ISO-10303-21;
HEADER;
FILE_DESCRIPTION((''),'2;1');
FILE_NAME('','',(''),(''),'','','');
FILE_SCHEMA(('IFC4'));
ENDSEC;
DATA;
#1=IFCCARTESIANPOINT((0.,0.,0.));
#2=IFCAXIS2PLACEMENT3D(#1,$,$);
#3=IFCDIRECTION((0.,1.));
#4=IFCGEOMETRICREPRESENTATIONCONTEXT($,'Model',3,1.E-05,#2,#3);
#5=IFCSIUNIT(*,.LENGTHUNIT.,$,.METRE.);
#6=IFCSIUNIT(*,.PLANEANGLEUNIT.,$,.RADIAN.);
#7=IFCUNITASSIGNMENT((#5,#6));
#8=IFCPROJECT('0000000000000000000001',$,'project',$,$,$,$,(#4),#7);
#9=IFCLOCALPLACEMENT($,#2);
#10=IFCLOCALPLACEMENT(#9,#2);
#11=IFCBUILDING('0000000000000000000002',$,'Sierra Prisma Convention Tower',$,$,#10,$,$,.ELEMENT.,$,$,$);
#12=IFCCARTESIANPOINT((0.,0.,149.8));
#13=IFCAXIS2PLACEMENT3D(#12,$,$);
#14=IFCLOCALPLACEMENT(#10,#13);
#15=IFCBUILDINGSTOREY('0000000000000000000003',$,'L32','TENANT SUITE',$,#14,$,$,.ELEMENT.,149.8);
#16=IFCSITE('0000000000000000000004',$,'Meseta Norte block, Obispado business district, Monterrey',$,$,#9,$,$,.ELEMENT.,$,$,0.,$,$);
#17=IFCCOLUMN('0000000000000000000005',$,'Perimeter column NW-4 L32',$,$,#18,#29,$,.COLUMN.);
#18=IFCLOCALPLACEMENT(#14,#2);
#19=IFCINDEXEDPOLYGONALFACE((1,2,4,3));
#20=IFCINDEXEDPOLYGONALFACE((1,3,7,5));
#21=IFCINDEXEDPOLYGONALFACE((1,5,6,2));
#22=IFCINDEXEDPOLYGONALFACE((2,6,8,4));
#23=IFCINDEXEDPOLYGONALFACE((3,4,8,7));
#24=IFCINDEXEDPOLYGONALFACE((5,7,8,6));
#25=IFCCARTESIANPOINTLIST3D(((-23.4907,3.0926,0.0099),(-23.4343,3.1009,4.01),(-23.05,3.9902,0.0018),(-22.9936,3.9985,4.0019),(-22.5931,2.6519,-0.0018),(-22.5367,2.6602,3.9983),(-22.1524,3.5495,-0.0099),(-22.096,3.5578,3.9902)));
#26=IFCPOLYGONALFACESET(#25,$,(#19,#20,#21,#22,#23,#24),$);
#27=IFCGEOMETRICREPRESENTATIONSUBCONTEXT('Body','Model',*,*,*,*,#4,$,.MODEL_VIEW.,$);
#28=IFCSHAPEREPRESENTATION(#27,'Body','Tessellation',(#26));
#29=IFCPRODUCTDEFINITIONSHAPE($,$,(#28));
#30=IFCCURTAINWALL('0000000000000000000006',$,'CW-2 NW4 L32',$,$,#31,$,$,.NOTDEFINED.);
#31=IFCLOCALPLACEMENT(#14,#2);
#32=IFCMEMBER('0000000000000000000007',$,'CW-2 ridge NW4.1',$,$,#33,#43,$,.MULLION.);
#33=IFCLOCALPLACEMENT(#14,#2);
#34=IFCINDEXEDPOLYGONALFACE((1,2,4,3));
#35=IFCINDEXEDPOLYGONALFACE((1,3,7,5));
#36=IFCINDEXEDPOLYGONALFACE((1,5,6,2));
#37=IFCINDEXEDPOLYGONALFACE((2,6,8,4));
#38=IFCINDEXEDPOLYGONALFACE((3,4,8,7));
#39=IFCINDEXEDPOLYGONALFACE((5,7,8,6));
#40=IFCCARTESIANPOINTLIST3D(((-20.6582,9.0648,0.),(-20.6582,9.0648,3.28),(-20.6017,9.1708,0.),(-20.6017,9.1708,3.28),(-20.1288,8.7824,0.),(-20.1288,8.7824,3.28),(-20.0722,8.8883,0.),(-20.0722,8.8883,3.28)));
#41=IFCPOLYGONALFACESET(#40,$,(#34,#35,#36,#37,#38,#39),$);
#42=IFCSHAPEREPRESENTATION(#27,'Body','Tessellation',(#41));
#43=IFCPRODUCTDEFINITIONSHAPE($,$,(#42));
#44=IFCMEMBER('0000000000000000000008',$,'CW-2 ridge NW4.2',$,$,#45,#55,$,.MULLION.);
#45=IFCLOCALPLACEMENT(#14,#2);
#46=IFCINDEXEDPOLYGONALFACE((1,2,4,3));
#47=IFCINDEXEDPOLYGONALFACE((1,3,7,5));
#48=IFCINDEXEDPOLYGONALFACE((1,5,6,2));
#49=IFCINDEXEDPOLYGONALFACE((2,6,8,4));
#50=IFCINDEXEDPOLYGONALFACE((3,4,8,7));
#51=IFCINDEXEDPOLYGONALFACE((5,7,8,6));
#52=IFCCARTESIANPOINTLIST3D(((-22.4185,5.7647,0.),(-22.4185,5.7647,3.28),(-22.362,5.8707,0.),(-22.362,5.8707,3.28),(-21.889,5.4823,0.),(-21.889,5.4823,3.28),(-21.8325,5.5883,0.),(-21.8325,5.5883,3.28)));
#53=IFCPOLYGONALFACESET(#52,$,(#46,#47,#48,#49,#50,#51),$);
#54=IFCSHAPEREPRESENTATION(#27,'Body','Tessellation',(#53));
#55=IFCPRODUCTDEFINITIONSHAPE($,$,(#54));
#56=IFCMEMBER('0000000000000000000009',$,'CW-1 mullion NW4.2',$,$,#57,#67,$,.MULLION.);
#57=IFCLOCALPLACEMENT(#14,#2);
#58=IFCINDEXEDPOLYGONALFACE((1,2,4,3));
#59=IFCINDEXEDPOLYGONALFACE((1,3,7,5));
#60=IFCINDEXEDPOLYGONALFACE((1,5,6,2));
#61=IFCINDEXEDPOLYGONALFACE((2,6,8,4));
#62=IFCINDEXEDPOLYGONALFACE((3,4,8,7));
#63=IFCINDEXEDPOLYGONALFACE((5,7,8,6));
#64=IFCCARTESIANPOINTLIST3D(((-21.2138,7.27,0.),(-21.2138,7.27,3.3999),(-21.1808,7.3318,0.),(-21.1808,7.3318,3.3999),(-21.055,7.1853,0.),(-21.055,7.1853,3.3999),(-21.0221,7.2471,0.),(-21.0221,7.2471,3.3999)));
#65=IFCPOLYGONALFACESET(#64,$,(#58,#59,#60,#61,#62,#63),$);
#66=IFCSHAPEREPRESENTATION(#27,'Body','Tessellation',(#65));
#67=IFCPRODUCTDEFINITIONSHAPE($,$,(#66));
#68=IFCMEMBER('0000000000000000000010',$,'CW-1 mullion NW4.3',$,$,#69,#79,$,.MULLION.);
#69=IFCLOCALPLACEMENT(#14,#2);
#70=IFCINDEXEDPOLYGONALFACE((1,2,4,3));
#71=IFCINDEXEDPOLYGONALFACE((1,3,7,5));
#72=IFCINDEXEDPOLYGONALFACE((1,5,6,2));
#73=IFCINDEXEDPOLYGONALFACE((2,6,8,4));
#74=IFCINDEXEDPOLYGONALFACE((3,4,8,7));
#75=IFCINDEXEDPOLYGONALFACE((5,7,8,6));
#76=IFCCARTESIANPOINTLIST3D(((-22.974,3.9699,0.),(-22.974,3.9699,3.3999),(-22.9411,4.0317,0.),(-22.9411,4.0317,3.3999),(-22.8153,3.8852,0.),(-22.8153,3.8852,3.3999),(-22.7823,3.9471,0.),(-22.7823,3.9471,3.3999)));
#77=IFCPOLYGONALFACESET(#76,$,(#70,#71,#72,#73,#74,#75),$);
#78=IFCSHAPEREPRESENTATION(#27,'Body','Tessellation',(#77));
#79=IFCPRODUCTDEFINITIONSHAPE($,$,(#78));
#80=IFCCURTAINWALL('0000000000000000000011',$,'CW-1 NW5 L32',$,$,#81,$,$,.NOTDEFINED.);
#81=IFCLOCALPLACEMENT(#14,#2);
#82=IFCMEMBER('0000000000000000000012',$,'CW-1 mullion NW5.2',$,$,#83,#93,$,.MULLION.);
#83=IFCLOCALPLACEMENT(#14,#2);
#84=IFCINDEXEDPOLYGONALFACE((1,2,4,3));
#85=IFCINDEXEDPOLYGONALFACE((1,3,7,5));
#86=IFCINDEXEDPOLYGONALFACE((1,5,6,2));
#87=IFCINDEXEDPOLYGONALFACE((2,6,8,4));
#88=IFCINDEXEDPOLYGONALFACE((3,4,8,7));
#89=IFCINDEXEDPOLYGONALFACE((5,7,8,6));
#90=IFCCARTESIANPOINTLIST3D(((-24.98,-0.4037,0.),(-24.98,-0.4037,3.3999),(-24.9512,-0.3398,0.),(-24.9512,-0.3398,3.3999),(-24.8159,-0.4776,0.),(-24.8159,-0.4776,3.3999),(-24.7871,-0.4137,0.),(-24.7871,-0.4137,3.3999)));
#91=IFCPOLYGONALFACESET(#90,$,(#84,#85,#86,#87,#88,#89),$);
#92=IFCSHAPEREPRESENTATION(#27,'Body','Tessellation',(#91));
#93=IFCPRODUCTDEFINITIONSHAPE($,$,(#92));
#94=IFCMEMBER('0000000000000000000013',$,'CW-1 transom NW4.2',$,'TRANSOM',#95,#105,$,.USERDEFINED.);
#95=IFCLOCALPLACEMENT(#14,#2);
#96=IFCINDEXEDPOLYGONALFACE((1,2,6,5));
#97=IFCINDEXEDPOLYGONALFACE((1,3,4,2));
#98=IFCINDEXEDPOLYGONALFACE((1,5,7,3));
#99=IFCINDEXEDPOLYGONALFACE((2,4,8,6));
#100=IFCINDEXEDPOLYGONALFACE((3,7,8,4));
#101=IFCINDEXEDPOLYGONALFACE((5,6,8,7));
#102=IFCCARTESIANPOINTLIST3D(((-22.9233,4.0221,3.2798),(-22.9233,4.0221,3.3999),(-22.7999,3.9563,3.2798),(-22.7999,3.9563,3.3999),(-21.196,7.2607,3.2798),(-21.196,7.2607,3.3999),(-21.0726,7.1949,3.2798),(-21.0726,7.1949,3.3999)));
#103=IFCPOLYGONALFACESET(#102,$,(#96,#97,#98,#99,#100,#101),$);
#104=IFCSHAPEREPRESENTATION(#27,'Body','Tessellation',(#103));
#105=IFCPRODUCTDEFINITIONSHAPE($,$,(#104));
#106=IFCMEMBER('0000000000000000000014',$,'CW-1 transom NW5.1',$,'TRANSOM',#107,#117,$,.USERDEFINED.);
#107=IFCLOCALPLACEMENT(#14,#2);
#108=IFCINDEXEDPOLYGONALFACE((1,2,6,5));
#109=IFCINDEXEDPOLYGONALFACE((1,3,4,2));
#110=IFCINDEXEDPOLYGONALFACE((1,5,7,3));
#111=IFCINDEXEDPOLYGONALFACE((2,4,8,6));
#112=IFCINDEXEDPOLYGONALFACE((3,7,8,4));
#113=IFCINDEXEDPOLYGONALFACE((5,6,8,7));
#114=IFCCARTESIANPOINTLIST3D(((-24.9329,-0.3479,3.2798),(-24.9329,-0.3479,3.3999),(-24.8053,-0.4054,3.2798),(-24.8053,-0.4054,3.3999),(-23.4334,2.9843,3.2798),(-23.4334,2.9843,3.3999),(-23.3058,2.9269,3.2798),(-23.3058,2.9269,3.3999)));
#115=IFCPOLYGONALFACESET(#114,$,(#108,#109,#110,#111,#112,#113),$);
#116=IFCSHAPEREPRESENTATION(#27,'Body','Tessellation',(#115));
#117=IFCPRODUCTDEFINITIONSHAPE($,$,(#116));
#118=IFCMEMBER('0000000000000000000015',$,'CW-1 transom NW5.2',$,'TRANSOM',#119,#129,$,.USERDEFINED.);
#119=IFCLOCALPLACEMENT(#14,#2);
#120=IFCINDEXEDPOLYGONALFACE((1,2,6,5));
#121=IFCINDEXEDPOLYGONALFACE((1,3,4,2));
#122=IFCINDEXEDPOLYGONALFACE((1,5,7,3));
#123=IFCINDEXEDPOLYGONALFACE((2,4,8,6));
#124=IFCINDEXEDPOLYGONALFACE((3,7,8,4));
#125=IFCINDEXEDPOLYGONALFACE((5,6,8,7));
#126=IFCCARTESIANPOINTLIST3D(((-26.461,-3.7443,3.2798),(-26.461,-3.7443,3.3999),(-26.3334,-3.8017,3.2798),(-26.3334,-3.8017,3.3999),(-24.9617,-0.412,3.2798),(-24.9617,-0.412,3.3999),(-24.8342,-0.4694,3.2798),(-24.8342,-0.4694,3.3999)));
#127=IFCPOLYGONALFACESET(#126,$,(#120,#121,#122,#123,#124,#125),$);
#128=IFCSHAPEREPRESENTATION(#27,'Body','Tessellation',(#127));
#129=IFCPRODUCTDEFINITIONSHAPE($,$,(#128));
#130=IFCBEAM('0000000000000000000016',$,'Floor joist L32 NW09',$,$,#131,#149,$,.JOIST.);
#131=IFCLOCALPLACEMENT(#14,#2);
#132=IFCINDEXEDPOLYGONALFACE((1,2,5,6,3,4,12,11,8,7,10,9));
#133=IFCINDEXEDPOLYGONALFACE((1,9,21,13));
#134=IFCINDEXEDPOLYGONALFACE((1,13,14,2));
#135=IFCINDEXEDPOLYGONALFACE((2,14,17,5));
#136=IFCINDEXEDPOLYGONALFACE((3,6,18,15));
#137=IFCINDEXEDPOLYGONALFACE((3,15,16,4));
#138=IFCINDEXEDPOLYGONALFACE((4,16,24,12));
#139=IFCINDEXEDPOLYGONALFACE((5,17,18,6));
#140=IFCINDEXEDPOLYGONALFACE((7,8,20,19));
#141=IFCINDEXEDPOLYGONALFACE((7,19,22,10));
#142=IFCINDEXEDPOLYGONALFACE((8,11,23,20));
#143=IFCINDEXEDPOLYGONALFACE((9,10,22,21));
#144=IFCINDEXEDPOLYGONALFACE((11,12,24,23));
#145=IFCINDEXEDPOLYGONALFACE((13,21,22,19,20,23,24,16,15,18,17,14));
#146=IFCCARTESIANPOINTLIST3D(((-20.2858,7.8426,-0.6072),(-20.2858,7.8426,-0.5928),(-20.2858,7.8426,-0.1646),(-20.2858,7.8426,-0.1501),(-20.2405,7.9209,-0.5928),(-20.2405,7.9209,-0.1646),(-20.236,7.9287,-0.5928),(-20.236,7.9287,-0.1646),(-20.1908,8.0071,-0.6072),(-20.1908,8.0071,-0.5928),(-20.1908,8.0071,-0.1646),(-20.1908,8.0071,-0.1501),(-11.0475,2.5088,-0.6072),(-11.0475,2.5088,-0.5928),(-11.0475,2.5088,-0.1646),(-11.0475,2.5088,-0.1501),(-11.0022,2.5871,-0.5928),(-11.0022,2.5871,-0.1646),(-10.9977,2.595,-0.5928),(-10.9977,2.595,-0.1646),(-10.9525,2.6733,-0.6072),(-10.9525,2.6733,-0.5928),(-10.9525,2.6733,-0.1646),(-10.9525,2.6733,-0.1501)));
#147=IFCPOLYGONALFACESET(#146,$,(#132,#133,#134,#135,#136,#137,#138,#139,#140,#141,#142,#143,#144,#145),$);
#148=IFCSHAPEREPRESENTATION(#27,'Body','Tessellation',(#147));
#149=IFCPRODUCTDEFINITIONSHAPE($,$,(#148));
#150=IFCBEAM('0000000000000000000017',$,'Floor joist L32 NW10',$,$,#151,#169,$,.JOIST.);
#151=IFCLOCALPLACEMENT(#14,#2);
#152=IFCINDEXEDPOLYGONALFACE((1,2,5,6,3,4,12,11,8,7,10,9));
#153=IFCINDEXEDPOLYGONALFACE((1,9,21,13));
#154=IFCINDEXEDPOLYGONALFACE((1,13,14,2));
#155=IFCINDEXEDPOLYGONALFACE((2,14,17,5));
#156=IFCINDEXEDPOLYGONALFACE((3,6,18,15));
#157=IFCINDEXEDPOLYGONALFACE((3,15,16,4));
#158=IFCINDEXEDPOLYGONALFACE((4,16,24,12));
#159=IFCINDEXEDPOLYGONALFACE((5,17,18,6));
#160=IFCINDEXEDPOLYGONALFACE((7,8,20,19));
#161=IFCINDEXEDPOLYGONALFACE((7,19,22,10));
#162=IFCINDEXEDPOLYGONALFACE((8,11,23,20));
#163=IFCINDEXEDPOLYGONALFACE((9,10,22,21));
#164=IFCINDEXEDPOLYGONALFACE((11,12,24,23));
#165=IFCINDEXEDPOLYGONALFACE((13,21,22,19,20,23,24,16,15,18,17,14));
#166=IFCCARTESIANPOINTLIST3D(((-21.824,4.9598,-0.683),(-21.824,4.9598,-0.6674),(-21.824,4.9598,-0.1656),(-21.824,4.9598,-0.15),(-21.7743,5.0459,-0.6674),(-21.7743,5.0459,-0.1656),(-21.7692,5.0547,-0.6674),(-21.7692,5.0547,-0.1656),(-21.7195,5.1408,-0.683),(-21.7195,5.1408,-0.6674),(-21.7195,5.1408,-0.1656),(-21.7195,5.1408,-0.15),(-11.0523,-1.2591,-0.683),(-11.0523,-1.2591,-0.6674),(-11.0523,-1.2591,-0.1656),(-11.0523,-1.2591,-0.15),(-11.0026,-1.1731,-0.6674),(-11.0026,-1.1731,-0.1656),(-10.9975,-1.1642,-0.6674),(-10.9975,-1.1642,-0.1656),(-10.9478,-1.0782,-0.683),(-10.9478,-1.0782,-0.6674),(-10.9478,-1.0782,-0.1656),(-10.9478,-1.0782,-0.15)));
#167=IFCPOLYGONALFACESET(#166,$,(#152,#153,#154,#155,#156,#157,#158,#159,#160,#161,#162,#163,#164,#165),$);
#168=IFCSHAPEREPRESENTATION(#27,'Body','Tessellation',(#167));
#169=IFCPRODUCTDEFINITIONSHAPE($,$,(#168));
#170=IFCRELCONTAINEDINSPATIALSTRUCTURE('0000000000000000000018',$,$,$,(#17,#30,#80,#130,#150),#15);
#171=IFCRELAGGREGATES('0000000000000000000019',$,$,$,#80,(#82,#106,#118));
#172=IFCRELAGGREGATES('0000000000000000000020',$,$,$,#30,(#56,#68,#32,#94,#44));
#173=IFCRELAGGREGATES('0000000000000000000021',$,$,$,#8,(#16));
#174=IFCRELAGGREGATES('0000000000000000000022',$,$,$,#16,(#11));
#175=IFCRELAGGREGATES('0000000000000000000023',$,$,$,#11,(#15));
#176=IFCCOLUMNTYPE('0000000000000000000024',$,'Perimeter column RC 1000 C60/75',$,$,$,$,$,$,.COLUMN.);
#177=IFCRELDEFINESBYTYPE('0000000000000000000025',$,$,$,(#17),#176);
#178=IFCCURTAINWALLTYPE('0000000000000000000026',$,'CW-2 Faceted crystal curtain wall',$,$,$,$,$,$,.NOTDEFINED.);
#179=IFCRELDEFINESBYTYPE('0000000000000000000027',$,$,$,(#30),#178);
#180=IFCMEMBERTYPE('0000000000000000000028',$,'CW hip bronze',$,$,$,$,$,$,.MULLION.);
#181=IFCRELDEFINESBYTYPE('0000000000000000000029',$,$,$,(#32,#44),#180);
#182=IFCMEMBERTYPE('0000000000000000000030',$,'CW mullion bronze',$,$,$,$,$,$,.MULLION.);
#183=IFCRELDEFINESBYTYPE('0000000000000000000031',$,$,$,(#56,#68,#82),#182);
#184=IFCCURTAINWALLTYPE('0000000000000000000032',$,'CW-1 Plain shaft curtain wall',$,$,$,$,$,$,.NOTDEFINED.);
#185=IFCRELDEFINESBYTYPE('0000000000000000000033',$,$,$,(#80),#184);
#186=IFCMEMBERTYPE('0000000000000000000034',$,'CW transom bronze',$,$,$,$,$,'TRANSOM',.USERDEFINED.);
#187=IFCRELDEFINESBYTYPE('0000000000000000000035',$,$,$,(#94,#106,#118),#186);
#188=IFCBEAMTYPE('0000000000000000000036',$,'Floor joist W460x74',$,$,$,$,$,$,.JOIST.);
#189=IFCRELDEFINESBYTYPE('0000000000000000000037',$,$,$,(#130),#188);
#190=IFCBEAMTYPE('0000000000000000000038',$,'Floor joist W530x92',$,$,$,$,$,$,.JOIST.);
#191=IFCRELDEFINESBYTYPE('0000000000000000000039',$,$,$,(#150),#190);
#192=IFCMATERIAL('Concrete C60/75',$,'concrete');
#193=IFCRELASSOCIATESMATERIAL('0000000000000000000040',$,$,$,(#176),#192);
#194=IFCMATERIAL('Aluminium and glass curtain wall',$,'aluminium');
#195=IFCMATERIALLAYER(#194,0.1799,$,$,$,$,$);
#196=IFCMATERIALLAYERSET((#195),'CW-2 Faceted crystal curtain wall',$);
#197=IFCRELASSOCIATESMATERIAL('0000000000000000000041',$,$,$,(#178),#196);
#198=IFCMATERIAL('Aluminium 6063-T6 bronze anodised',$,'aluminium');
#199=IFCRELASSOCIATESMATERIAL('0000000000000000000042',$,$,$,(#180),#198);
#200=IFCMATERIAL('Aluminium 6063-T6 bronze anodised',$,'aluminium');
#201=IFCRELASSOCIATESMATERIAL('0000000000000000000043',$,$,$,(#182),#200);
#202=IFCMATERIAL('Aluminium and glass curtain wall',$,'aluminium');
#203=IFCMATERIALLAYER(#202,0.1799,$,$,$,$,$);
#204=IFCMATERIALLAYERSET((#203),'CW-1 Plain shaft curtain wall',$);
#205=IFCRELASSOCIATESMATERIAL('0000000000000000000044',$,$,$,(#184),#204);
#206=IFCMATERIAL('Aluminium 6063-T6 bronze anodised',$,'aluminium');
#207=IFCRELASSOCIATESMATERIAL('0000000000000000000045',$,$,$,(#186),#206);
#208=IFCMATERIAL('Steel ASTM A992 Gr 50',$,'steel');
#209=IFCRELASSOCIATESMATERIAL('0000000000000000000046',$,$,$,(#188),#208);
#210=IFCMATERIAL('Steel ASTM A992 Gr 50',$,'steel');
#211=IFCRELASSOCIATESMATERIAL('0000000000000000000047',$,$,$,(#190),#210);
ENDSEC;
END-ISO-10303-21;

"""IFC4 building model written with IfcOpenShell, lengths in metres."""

from ifc_helpers import new_model, si_unit, direction, frame, origin, origin_2d, place, context, subcontext, project, spatial, rectangle, i_section, extrude, material, layer, layer_set, material_profile, profile_set, type_object, element, aggregate, save


model = new_model("IFC4")

# Units and contexts
model_context = context("Model", 3, precision=1e-05, world=origin(), true_north=direction((0.0, 1.0)))
body_context = subcontext(model_context, "Body", "Model", "MODEL_VIEW")
ifc_project = project(units=[si_unit("LENGTHUNIT", "METRE"), si_unit("PLANEANGLEUNIT", "RADIAN")], contexts=[model_context])

# Site, building, storey
site_placement = place(None, origin())
site = spatial("IfcSite", under=ifc_project, at=site_placement, Name="Meseta Norte block, Obispado business district, Monterrey", CompositionType="ELEMENT", RefElevation=0.0)
building_placement = place(site_placement, origin())
building = spatial("IfcBuilding", under=site, at=building_placement, Name="Sierra Prisma Convention Tower", CompositionType="ELEMENT")
storey_placement = place(building_placement, frame((0.0, 0.0, 149.8)))
storey = spatial("IfcBuildingStorey", under=building, at=storey_placement, Name="L32", Description="TENANT SUITE", CompositionType="ELEMENT", Elevation=149.8)

# Column
ifc_material_1 = material(Name="Concrete C60/75", Category="concrete")
ifc_material_profile_1 = material_profile(ifc_material_1, rectangle(XDim=1.0, YDim=1.0, at=origin_2d()), Name="Perimeter column RC 1000 C60/75")
ifc_profile_set_1 = profile_set([ifc_material_profile_1], Name="Concrete C60/75")
column_type = type_object("IfcColumnType", Name="Perimeter column RC 1000 C60/75", PredefinedType="COLUMN", material=ifc_profile_set_1)
column_placement = place(storey_placement, frame((-22.8215, 3.321, 0.0), z_axis=(0.014098, 0.002075, 0.999898), x_axis=(0.440693, 0.897622, -0.008076)))
element("IfcColumn", 1, at=column_placement, inside=storey, type_object=column_type, Name="Perimeter column NW-4 L32", PredefinedType="COLUMN", context=body_context, shape_type="SweptSolid", body=[
    extrude(rectangle(XDim=1.0, YDim=1.0, at=origin_2d()), origin(), (0.0, 0.0, 1.0), 4.0005),
])

# Curtain wall, members
ifc_material_2 = material(Name="Aluminium and glass curtain wall", Category="aluminium")
ifc_layer_1 = layer(ifc_material_2, 0.1799)
ifc_layer_set_1 = layer_set([ifc_layer_1], Name="CW-2 Faceted crystal curtain wall")
curtain_wall_type_1 = type_object("IfcCurtainWallType", Name="CW-2 Faceted crystal curtain wall", PredefinedType="NOTDEFINED", material=ifc_layer_set_1)
curtain_wall_1_placement = place(storey_placement, origin())
curtain_wall_1 = element("IfcCurtainWall", 2, at=curtain_wall_1_placement, inside=storey, type_object=curtain_wall_type_1, Name="CW-2 NW4 L32", PredefinedType="NOTDEFINED")
ifc_material_3 = material(Name="Aluminium 6063-T6 bronze anodised", Category="aluminium")
ifc_material_profile_2 = material_profile(ifc_material_3, rectangle(XDim=0.1201, YDim=0.6001, at=origin_2d()), Name="ALU RIDGE BLADE 120x600")
ifc_profile_set_2 = profile_set([ifc_material_profile_2], Name="Aluminium 6063-T6 bronze anodised")
member_type_1 = type_object("IfcMemberType", Name="CW hip bronze", PredefinedType="MULLION", material=ifc_profile_set_2)
member_1_placement = place(storey_placement, frame((-20.3652, 8.9766, 0.0), z_axis=(0.0, 0.0, 1.0), x_axis=(-0.470634, -0.882328, 0.0)))
member_1 = element("IfcMember", 3, at=member_1_placement, type_object=member_type_1, Name="CW-2 ridge NW4.1", PredefinedType="MULLION", context=body_context, shape_type="SweptSolid", body=[
    extrude(rectangle(XDim=0.1201, YDim=0.6001, at=origin_2d()), origin(), (0.0, 0.0, 1.0), 3.28),
])
member_2_placement = place(storey_placement, frame((-22.1255, 5.6765, 0.0), z_axis=(0.0, 0.0, 1.0), x_axis=(-0.470634, -0.882328, 0.0)))
member_2 = element("IfcMember", 4, at=member_2_placement, type_object=member_type_1, Name="CW-2 ridge NW4.2", PredefinedType="MULLION", context=body_context, shape_type="SweptSolid", body=[
    extrude(rectangle(XDim=0.1201, YDim=0.6001, at=origin_2d()), origin(), (0.0, 0.0, 1.0), 3.28),
])
ifc_material_4 = material(Name="Aluminium 6063-T6 bronze anodised", Category="aluminium")
ifc_material_profile_3 = material_profile(ifc_material_4, rectangle(XDim=0.1799, YDim=0.0701, at=origin_2d()), Name="ALU MULLION 70x180")
ifc_profile_set_3 = profile_set([ifc_material_profile_3], Name="Aluminium 6063-T6 bronze anodised")
member_type_2 = type_object("IfcMemberType", Name="CW mullion bronze", PredefinedType="MULLION", material=ifc_profile_set_3)
member_3_placement = place(storey_placement, frame((-21.1179, 7.2585, 0.0), z_axis=(0.0, 0.0, 1.0), x_axis=(0.882328, -0.470634, 0.0)))
member_3 = element("IfcMember", 5, at=member_3_placement, type_object=member_type_2, Name="CW-1 mullion NW4.2", PredefinedType="MULLION", context=body_context, shape_type="SweptSolid", body=[
    extrude(rectangle(XDim=0.1799, YDim=0.0701, at=origin_2d()), origin(), (0.0, 0.0, 1.0), 3.3999),
])
member_4_placement = place(storey_placement, frame((-22.8782, 3.9585, 0.0), z_axis=(0.0, 0.0, 1.0), x_axis=(0.882328, -0.470634, 0.0)))
member_4 = element("IfcMember", 6, at=member_4_placement, type_object=member_type_2, Name="CW-1 mullion NW4.3", PredefinedType="MULLION", context=body_context, shape_type="SweptSolid", body=[
    extrude(rectangle(XDim=0.1799, YDim=0.0701, at=origin_2d()), origin(), (0.0, 0.0, 1.0), 3.3999),
])

# Curtain wall, member
ifc_material_5 = material(Name="Aluminium and glass curtain wall", Category="aluminium")
ifc_layer_2 = layer(ifc_material_5, 0.1799)
ifc_layer_set_2 = layer_set([ifc_layer_2], Name="CW-1 Plain shaft curtain wall")
curtain_wall_type_2 = type_object("IfcCurtainWallType", Name="CW-1 Plain shaft curtain wall", PredefinedType="NOTDEFINED", material=ifc_layer_set_2)
curtain_wall_2_placement = place(storey_placement, origin())
curtain_wall_2 = element("IfcCurtainWall", 7, at=curtain_wall_2_placement, inside=storey, type_object=curtain_wall_type_2, Name="CW-1 NW5 L32", PredefinedType="NOTDEFINED")
member_5_placement = place(storey_placement, frame((-24.8835, -0.4087, 0.0), z_axis=(0.0, 0.0, 1.0), x_axis=(0.911931, -0.410344, 0.0)))
member_5 = element("IfcMember", 8, at=member_5_placement, type_object=member_type_2, Name="CW-1 mullion NW5.2", PredefinedType="MULLION", context=body_context, shape_type="SweptSolid", body=[
    extrude(rectangle(XDim=0.1799, YDim=0.0701, at=origin_2d()), origin(), (0.0, 0.0, 1.0), 3.3999),
])

# Members
ifc_material_6 = material(Name="Aluminium 6063-T6 bronze anodised", Category="aluminium")
ifc_material_profile_4 = material_profile(ifc_material_6, rectangle(XDim=0.1399, YDim=0.1201, at=origin_2d()), Name="ALU TRANSOM 120x140")
ifc_profile_set_4 = profile_set([ifc_material_profile_4], Name="Aluminium 6063-T6 bronze anodised")
member_type_3 = type_object("IfcMemberType", Name="CW transom bronze", ElementType="TRANSOM", PredefinedType="USERDEFINED", material=ifc_profile_set_4)
member_6_placement = place(storey_placement, frame((-21.1343, 7.2278, 3.3398), z_axis=(-0.470605, -0.882344, 0.0), x_axis=(0.882344, -0.470605, 0.0)))
member_6 = element("IfcMember", 9, at=member_6_placement, type_object=member_type_3, Name="CW-1 transom NW4.2", ObjectType="TRANSOM", PredefinedType="USERDEFINED", context=body_context, shape_type="SweptSolid", body=[
    extrude(rectangle(XDim=0.1399, YDim=0.1201, at=origin_2d()), origin(), (0.0, 0.0, 1.0), 3.6704),
])
member_7_placement = place(storey_placement, frame((-23.3696, 2.9556, 3.3398), z_axis=(-0.410362, -0.911923, 0.0), x_axis=(0.911923, -0.410362, 0.0)))
member_7 = element("IfcMember", 10, at=member_7_placement, type_object=member_type_3, Name="CW-1 transom NW5.1", ObjectType="TRANSOM", PredefinedType="USERDEFINED", context=body_context, shape_type="SweptSolid", body=[
    extrude(rectangle(XDim=0.1399, YDim=0.1201, at=origin_2d()), origin(), (0.0, 0.0, 1.0), 3.6541),
])
member_8_placement = place(storey_placement, frame((-24.8979, -0.4407, 3.3398), z_axis=(-0.410306, -0.911948, 0.0), x_axis=(0.911948, -0.410306, 0.0)))
member_8 = element("IfcMember", 11, at=member_8_placement, type_object=member_type_3, Name="CW-1 transom NW5.2", ObjectType="TRANSOM", PredefinedType="USERDEFINED", context=body_context, shape_type="SweptSolid", body=[
    extrude(rectangle(XDim=0.1399, YDim=0.1201, at=origin_2d()), origin(), (0.0, 0.0, 1.0), 3.6541),
])

# Beams
ifc_material_7 = material(Name="Steel ASTM A992 Gr 50", Category="steel")
ifc_material_profile_5 = material_profile(ifc_material_7, i_section(OverallWidth=0.1899, OverallDepth=0.457, WebThickness=0.009, FlangeThickness=0.0144, at=origin_2d()), Name="W460x74")
ifc_profile_set_5 = profile_set([ifc_material_profile_5], Name="Steel ASTM A992 Gr 50")
beam_type_1 = type_object("IfcBeamType", Name="Floor joist W460x74", PredefinedType="JOIST", material=ifc_profile_set_5)
beam_1_placement = place(storey_placement, frame((-20.2383, 7.9248, -0.3787), z_axis=(0.866025, -0.500001, 0.0), x_axis=(0.500001, 0.866025, 0.0)))
element("IfcBeam", 12, at=beam_1_placement, inside=storey, type_object=beam_type_1, Name="Floor joist L32 NW09", PredefinedType="JOIST", context=body_context, shape_type="SweptSolid", body=[
    extrude(i_section(OverallWidth=0.1899, OverallDepth=0.457, WebThickness=0.009, FlangeThickness=0.0144, at=origin_2d()), origin(), (0.0, 0.0, 1.0), 10.6675),
])
ifc_material_8 = material(Name="Steel ASTM A992 Gr 50", Category="steel")
ifc_material_profile_6 = material_profile(ifc_material_8, i_section(OverallWidth=0.209, OverallDepth=0.533, WebThickness=0.0103, FlangeThickness=0.0156, at=origin_2d()), Name="W530x92")
ifc_profile_set_6 = profile_set([ifc_material_profile_6], Name="Steel ASTM A992 Gr 50")
beam_type_2 = type_object("IfcBeamType", Name="Floor joist W530x92", PredefinedType="JOIST", material=ifc_profile_set_6)
beam_2_placement = place(storey_placement, frame((-21.7717, 5.0503, -0.4165), z_axis=(0.866028, -0.499996, 0.0), x_axis=(0.499996, 0.866028, 0.0)))
element("IfcBeam", 13, at=beam_2_placement, inside=storey, type_object=beam_type_2, Name="Floor joist L32 NW10", PredefinedType="JOIST", context=body_context, shape_type="SweptSolid", body=[
    extrude(i_section(OverallWidth=0.209, OverallDepth=0.533, WebThickness=0.0103, FlangeThickness=0.0156, at=origin_2d()), origin(), (0.0, 0.0, 1.0), 12.438),
])

aggregate(curtain_wall_2, [member_5, member_7, member_8])
aggregate(curtain_wall_1, [member_3, member_4, member_1, member_6, member_2])

save(model, "model.ifc")
